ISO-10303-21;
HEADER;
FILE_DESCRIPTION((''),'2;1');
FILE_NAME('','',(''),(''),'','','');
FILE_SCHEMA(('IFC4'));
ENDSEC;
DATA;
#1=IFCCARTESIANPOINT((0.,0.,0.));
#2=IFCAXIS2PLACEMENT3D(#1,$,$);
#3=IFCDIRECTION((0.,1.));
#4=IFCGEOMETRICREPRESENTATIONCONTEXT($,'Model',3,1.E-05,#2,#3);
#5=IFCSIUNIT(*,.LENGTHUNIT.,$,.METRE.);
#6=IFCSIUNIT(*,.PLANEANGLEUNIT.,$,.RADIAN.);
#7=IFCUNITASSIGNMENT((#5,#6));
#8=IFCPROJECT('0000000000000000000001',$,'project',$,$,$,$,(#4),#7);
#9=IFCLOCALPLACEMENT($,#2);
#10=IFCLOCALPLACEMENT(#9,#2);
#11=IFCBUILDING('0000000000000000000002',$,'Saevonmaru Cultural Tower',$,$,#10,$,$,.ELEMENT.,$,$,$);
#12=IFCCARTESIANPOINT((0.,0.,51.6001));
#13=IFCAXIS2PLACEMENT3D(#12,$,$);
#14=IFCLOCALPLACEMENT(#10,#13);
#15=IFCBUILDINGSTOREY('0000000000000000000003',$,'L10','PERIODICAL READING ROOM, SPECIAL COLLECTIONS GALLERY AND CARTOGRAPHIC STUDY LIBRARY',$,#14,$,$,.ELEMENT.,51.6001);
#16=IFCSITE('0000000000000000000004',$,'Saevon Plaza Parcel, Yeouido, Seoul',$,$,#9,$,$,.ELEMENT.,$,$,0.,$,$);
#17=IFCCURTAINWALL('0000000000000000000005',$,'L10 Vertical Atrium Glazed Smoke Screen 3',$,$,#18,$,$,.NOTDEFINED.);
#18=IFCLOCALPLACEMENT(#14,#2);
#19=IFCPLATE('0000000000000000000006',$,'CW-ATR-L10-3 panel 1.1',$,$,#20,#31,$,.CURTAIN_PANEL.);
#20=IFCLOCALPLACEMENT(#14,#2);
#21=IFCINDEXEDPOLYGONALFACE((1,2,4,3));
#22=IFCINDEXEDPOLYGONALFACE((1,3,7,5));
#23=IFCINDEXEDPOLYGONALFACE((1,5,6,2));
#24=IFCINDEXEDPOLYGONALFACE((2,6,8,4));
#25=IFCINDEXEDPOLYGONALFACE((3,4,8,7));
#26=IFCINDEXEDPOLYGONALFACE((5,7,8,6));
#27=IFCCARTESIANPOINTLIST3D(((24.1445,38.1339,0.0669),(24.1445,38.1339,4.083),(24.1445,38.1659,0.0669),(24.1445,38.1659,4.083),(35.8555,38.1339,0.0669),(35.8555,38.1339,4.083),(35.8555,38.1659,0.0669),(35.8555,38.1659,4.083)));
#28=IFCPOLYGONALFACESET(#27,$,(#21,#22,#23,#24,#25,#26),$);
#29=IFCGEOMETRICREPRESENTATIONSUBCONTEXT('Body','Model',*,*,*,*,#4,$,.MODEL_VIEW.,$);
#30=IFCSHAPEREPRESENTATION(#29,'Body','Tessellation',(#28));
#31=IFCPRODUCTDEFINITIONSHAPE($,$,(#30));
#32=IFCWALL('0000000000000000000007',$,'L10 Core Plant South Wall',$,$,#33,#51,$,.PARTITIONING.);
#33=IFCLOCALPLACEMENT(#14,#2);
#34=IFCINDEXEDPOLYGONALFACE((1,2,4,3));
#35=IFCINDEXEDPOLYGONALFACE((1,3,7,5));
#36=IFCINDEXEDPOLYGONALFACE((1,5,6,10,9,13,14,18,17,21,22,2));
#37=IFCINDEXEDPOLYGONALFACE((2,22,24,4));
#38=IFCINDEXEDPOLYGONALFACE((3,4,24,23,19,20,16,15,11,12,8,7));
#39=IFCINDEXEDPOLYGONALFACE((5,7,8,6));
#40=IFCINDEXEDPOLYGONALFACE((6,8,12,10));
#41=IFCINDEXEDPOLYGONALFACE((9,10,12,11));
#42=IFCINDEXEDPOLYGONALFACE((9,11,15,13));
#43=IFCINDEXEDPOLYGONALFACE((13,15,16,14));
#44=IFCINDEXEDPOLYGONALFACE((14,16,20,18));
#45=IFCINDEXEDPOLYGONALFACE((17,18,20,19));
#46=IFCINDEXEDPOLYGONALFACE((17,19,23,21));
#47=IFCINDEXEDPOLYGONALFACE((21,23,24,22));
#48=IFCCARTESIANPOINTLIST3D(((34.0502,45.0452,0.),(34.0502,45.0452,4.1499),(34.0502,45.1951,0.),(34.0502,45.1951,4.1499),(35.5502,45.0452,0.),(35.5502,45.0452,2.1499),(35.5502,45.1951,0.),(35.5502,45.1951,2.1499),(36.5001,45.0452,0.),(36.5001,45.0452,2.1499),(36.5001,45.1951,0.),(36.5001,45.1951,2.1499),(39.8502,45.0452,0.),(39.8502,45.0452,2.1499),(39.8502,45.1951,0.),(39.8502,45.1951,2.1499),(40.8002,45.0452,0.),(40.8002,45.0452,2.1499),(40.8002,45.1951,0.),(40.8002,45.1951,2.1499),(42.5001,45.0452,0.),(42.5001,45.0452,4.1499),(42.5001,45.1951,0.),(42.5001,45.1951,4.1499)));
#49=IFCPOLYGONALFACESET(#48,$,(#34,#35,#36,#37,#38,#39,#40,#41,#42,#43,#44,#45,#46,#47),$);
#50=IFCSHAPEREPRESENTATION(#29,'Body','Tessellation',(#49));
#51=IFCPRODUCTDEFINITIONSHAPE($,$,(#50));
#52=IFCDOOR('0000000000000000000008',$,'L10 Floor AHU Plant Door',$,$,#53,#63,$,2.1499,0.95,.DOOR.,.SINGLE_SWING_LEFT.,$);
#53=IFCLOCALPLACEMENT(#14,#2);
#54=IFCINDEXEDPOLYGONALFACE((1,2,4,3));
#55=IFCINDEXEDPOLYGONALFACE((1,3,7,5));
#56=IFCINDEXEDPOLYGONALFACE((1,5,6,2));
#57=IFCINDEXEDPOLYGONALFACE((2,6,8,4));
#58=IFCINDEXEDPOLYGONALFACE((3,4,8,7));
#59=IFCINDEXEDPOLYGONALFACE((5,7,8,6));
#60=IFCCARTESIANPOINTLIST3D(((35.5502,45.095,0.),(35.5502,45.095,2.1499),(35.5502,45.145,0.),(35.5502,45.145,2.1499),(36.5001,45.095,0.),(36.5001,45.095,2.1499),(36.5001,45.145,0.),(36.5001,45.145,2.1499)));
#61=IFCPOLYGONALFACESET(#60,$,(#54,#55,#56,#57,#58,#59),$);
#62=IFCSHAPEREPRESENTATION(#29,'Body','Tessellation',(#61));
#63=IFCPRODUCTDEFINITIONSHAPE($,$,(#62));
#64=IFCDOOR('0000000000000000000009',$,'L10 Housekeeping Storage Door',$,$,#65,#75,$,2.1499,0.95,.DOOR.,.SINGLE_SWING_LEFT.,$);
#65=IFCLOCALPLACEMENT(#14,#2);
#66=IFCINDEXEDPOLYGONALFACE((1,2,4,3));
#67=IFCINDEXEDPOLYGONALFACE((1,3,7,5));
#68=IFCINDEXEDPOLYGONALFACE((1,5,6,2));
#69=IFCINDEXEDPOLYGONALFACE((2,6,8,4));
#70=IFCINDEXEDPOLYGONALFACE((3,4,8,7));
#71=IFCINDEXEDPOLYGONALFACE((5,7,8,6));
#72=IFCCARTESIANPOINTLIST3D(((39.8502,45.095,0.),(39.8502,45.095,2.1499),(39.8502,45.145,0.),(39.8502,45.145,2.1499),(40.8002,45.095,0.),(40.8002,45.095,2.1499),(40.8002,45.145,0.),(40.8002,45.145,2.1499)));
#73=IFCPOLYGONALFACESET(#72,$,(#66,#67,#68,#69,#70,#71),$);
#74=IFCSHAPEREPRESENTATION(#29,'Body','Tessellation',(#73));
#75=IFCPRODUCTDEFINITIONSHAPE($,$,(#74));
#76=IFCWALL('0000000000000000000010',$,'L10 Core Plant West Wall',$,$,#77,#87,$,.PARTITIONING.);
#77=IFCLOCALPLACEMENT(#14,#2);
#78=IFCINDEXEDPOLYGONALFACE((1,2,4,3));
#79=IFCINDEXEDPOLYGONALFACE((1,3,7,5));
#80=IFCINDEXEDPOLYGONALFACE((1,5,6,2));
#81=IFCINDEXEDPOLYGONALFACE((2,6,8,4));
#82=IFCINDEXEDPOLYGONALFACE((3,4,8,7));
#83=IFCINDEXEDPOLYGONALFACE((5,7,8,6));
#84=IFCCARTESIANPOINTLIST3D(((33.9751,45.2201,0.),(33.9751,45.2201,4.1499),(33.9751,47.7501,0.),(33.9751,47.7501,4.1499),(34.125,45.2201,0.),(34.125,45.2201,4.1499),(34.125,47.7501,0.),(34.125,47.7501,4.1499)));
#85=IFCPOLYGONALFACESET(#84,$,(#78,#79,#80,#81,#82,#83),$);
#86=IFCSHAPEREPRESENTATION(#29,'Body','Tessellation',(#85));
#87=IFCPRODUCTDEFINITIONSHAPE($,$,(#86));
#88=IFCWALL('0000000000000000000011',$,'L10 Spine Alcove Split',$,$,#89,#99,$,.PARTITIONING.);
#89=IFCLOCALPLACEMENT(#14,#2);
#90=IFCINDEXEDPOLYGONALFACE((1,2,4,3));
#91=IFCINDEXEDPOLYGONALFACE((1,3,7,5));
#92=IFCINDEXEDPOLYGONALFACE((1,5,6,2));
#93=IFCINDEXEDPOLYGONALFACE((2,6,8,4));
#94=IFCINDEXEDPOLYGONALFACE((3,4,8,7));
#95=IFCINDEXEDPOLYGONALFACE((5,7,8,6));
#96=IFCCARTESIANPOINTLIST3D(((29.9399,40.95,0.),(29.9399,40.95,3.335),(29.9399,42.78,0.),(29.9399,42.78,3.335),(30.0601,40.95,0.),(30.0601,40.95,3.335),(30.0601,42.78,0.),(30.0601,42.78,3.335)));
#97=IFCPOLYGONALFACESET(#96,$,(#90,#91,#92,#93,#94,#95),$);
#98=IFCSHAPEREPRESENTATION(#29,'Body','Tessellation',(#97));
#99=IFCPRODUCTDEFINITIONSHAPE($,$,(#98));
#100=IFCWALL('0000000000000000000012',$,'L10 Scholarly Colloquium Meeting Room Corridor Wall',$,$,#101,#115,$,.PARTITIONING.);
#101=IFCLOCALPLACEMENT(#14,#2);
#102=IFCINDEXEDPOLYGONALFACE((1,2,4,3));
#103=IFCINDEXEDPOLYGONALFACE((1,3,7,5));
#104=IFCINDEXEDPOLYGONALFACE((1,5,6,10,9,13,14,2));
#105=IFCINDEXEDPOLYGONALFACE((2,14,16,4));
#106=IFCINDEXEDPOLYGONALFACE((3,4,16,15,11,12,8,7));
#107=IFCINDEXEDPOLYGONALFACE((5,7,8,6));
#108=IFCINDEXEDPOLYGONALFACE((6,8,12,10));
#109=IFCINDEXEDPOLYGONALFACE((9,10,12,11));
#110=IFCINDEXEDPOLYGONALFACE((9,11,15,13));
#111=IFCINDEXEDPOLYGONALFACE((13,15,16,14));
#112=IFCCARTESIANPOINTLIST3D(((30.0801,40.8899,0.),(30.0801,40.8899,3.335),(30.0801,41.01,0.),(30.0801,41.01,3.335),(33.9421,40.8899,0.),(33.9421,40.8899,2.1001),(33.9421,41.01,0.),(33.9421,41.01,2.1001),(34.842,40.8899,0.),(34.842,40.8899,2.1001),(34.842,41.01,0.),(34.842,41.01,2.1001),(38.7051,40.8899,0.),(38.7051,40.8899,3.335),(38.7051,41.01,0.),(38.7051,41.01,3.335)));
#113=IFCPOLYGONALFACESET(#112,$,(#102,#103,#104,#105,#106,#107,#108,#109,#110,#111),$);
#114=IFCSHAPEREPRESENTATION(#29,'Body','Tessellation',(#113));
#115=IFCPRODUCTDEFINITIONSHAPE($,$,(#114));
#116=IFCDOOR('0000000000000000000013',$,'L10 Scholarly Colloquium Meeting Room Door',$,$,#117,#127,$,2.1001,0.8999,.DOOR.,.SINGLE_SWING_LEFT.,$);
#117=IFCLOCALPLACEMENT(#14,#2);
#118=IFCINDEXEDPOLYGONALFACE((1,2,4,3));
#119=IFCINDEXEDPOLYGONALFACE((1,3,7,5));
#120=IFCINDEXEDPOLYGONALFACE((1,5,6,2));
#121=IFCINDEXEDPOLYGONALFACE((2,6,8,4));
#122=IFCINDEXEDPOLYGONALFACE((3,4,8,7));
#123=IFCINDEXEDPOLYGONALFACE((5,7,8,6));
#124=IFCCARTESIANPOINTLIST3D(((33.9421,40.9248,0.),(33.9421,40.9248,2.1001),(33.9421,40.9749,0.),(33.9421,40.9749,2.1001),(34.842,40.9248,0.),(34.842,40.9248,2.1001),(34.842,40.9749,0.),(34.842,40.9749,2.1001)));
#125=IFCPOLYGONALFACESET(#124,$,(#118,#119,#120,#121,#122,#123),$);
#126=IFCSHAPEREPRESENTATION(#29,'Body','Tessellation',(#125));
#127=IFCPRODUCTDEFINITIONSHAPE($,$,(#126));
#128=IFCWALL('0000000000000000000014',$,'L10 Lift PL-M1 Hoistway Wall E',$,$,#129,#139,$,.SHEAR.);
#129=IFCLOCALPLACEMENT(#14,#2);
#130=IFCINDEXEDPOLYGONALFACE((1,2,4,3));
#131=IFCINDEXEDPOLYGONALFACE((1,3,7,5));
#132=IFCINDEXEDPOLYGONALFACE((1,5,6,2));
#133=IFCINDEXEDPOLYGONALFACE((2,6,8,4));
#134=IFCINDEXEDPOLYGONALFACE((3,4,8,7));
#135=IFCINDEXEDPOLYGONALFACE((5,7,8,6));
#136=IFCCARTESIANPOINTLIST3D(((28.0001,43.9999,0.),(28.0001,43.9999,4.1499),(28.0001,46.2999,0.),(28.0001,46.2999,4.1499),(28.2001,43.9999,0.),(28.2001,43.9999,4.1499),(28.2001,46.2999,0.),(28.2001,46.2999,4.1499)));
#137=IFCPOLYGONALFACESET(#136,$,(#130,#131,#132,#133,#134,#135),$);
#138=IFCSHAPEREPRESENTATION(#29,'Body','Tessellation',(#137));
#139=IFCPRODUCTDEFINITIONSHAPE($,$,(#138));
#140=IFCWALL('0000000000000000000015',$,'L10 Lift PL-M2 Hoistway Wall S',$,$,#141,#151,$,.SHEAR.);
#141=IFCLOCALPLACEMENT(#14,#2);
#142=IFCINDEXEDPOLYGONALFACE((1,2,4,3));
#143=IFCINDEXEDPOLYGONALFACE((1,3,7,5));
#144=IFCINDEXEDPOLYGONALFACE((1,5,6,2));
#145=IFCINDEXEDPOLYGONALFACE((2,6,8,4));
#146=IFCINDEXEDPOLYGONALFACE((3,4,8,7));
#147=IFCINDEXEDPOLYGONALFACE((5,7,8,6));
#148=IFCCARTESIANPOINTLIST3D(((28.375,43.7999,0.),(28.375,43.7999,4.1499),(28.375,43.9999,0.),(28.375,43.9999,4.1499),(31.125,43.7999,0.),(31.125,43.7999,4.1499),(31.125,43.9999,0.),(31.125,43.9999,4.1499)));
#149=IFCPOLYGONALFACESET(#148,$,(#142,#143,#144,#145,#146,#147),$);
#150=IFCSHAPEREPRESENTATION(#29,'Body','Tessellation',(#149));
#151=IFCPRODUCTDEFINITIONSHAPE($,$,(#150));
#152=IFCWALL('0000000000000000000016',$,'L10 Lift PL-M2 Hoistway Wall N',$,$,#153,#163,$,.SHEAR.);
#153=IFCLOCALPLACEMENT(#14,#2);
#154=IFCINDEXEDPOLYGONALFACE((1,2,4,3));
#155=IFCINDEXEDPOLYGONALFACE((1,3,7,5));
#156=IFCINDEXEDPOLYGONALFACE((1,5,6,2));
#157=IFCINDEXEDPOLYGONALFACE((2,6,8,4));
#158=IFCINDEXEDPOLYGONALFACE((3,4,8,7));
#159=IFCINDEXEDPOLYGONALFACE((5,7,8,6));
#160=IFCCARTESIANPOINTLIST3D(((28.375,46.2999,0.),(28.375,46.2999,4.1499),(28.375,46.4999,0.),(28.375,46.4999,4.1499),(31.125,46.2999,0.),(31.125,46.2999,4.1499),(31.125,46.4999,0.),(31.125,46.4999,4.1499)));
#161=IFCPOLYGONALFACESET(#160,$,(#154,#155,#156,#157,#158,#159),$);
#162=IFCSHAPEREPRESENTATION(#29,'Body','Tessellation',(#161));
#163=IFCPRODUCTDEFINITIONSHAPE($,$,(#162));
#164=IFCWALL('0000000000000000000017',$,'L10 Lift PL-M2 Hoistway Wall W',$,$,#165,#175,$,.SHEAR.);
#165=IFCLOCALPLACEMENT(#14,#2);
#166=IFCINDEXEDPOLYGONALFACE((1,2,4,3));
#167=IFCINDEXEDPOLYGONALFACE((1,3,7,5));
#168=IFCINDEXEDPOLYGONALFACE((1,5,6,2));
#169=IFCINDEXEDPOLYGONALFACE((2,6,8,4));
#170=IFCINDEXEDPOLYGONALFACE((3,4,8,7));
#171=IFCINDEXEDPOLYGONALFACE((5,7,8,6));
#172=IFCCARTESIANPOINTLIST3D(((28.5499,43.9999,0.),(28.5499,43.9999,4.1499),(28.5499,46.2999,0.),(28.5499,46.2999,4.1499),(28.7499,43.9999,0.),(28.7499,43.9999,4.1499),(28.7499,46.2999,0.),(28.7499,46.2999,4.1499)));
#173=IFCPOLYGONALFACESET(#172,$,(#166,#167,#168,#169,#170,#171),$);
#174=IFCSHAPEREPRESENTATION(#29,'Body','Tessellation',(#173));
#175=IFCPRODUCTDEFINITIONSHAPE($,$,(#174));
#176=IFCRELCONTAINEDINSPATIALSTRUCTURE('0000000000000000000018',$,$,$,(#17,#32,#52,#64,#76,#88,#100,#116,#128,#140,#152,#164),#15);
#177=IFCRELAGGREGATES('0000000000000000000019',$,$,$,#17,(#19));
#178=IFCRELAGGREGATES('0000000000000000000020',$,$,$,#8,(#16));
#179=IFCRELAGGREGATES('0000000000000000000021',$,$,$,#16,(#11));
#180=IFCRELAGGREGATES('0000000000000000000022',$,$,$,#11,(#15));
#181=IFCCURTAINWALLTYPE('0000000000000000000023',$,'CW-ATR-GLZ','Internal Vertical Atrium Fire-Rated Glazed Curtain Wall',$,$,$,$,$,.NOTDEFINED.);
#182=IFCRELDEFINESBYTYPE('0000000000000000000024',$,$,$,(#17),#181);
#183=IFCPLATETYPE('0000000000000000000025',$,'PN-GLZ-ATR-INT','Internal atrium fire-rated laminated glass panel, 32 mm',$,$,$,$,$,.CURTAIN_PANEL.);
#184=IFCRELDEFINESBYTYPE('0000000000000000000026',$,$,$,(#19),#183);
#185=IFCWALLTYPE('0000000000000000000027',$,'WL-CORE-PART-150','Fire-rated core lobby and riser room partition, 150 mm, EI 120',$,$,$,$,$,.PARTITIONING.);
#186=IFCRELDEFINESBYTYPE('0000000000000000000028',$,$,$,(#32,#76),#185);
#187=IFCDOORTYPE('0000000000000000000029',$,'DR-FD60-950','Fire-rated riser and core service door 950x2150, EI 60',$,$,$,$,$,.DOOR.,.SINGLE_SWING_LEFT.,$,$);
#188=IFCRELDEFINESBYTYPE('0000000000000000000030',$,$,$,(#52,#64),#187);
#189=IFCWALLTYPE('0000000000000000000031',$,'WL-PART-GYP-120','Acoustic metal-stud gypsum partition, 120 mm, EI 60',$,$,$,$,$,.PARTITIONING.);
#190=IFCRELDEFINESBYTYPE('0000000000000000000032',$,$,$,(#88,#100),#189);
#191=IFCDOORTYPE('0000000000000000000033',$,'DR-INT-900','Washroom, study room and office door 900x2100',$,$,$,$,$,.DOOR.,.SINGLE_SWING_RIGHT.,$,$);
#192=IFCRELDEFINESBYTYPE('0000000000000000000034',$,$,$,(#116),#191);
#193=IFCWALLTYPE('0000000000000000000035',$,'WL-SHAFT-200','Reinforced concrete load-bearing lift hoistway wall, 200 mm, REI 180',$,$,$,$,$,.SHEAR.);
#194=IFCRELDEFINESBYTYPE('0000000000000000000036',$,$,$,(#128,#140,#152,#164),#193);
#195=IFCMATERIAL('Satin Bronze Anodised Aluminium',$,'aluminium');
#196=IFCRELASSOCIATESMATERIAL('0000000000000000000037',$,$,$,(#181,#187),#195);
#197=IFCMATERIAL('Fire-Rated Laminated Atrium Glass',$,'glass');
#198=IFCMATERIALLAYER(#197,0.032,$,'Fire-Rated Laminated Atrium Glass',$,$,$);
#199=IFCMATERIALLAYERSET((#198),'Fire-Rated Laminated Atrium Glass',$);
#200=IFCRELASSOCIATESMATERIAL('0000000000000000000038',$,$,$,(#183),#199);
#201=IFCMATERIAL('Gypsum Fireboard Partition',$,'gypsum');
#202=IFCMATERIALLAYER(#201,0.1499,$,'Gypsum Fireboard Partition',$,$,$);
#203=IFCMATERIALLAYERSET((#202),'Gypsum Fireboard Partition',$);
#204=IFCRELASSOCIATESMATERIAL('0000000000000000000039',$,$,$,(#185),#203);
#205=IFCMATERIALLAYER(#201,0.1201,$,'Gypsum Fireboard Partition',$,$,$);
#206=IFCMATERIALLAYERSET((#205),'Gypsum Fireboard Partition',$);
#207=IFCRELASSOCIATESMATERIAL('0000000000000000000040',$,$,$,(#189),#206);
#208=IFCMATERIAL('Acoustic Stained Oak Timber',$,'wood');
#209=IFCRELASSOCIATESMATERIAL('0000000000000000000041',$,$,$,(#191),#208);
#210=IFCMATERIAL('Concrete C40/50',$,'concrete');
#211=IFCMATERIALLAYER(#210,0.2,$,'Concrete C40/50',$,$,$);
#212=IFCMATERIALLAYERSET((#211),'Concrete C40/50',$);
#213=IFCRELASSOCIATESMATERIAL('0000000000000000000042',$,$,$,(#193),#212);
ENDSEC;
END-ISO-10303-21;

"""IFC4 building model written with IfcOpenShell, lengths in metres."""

from ifc_helpers import new_model, si_unit, direction, frame, frame_2d, origin, origin_2d, place, context, subcontext, project, spatial, rectangle, extrude, material, layer, layer_set, type_object, element, fill, aggregate, save


model = new_model("IFC4")

# Units and contexts
model_context = context("Model", 3, precision=1e-05, world=origin(), true_north=direction((0.0, 1.0)))
body_context = subcontext(model_context, "Body", "Model", "MODEL_VIEW")
ifc_project = project(units=[si_unit("LENGTHUNIT", "METRE"), si_unit("PLANEANGLEUNIT", "RADIAN")], contexts=[model_context])

# Site, building, storey
site_placement = place(None, origin())
site = spatial("IfcSite", under=ifc_project, at=site_placement, Name="Saevon Plaza Parcel, Yeouido, Seoul", CompositionType="ELEMENT", RefElevation=0.0)
building_placement = place(site_placement, origin())
building = spatial("IfcBuilding", under=site, at=building_placement, Name="Saevonmaru Cultural Tower", CompositionType="ELEMENT")
storey_placement = place(building_placement, frame((0.0, 0.0, 51.6001)))
storey = spatial("IfcBuildingStorey", under=building, at=storey_placement, Name="L10", Description="PERIODICAL READING ROOM, SPECIAL COLLECTIONS GALLERY AND CARTOGRAPHIC STUDY LIBRARY", CompositionType="ELEMENT", Elevation=51.6001)

# Curtain wall, plate
ifc_material_1 = material(Name="Satin Bronze Anodised Aluminium", Category="aluminium")
curtain_wall_type = type_object("IfcCurtainWallType", Name="CW-ATR-GLZ", Description="Internal Vertical Atrium Fire-Rated Glazed Curtain Wall", PredefinedType="NOTDEFINED", material=ifc_material_1)
curtain_wall_placement = place(storey_placement, origin())
curtain_wall = element("IfcCurtainWall", 1, at=curtain_wall_placement, inside=storey, type_object=curtain_wall_type, Name="L10 Vertical Atrium Glazed Smoke Screen 3", PredefinedType="NOTDEFINED")
ifc_material_2 = material(Name="Fire-Rated Laminated Atrium Glass", Category="glass")
ifc_layer_1 = layer(ifc_material_2, 0.032, Name="Fire-Rated Laminated Atrium Glass")
ifc_layer_set_1 = layer_set([ifc_layer_1], Name="Fire-Rated Laminated Atrium Glass")
plate_type = type_object("IfcPlateType", Name="PN-GLZ-ATR-INT", Description="Internal atrium fire-rated laminated glass panel, 32 mm", PredefinedType="CURTAIN_PANEL", material=ifc_layer_set_1)
plate_placement = place(storey_placement, frame((30.0, 38.1499, 0.0669), z_axis=(0.0, 0.0, 1.0), x_axis=(-1.0, 0.0, 0.0)))
plate = element("IfcPlate", 2, at=plate_placement, type_object=plate_type, Name="CW-ATR-L10-3 panel 1.1", PredefinedType="CURTAIN_PANEL", context=body_context, shape_type="SweptSolid", body=[
    extrude(rectangle(XDim=11.7109, YDim=0.032, at=origin_2d()), origin(), (0.0, 0.0, 1.0), 4.0161),
])
aggregate(curtain_wall, [plate])

# Shared definitions
ifc_material_3 = material(Name="Gypsum Fireboard Partition", Category="gypsum")
ifc_layer_2 = layer(ifc_material_3, 0.1499, Name="Gypsum Fireboard Partition")
ifc_layer_set_2 = layer_set([ifc_layer_2], Name="Gypsum Fireboard Partition")
wall_type_1 = type_object("IfcWallType", Name="WL-CORE-PART-150", Description="Fire-rated core lobby and riser room partition, 150 mm, EI 120", PredefinedType="PARTITIONING", material=ifc_layer_set_2)

# Wall, openings, doors
wall_1_placement = place(storey_placement, frame((34.05, 45.1201, 0.0), z_axis=(0.0, 0.0, 1.0), x_axis=(1.0, 0.0, 0.0)))
wall_1 = element("IfcWall", 3, at=wall_1_placement, inside=storey, type_object=wall_type_1, Name="L10 Core Plant South Wall", PredefinedType="PARTITIONING", context=body_context, shape_type="SweptSolid", body=[
    extrude(rectangle(XDim=8.45, YDim=0.1499, at=frame_2d((4.2251, 0.0))), origin(), (0.0, 0.0, 1.0), 4.1499),
])
opening_1_placement = place(wall_1_placement, frame((1.5, 0.0, 0.0)))
opening_1 = element("IfcOpeningElement", 4, at=opening_1_placement, cuts=wall_1, PredefinedType="OPENING", context=body_context, shape_type="SweptSolid", body=[
    extrude(rectangle(XDim=0.95, YDim=2.1499, at=frame_2d((0.4751, 1.075))), frame((0.0, 0.085, 0.0), z_axis=(0.0, -1.0, 0.0), x_axis=(1.0, 0.0, 0.0)), (0.0, 0.0, 1.0), 0.1699),
])
opening_2_placement = place(wall_1_placement, frame((5.8, 0.0, 0.0)))
opening_2 = element("IfcOpeningElement", 5, at=opening_2_placement, cuts=wall_1, PredefinedType="OPENING", context=body_context, shape_type="SweptSolid", body=[
    extrude(rectangle(XDim=0.95, YDim=2.1499, at=frame_2d((0.4751, 1.075))), frame((0.0, 0.085, 0.0), z_axis=(0.0, -1.0, 0.0), x_axis=(1.0, 0.0, 0.0)), (0.0, 0.0, 1.0), 0.1699),
])
door_type_1 = type_object("IfcDoorType", Name="DR-FD60-950", Description="Fire-rated riser and core service door 950x2150, EI 60", OperationType="SINGLE_SWING_LEFT", PredefinedType="DOOR", material=ifc_material_1)
door_1_placement = place(opening_1_placement, origin())
door_1 = element("IfcDoor", 6, at=door_1_placement, inside=storey, type_object=door_type_1, Name="L10 Floor AHU Plant Door", OperationType="SINGLE_SWING_LEFT", OverallHeight=2.1499, OverallWidth=0.95, PredefinedType="DOOR", context=body_context, shape_type="SweptSolid", body=[
    extrude(rectangle(XDim=0.95, YDim=2.1499, at=frame_2d((0.4751, 1.075))), frame((0.0, 0.0249, 0.0), z_axis=(0.0, -1.0, 0.0), x_axis=(1.0, 0.0, 0.0)), (0.0, 0.0, 1.0), 0.05),
])
fill(opening_1, door_1)
door_2_placement = place(opening_2_placement, origin())
door_2 = element("IfcDoor", 7, at=door_2_placement, inside=storey, type_object=door_type_1, Name="L10 Housekeeping Storage Door", OperationType="SINGLE_SWING_LEFT", OverallHeight=2.1499, OverallWidth=0.95, PredefinedType="DOOR", context=body_context, shape_type="SweptSolid", body=[
    extrude(rectangle(XDim=0.95, YDim=2.1499, at=frame_2d((0.4751, 1.075))), frame((0.0, 0.0249, 0.0), z_axis=(0.0, -1.0, 0.0), x_axis=(1.0, 0.0, 0.0)), (0.0, 0.0, 1.0), 0.05),
])
fill(opening_2, door_2)

# Walls
wall_2_placement = place(storey_placement, frame((34.05, 45.22, 0.0), z_axis=(0.0, 0.0, 1.0), x_axis=(0.0, 1.0, 0.0)))
element("IfcWall", 8, at=wall_2_placement, inside=storey, type_object=wall_type_1, Name="L10 Core Plant West Wall", PredefinedType="PARTITIONING", context=body_context, shape_type="SweptSolid", body=[
    extrude(rectangle(XDim=2.53, YDim=0.1499, at=frame_2d((1.2651, 0.0))), origin(), (0.0, 0.0, 1.0), 4.1499),
])
ifc_layer_3 = layer(ifc_material_3, 0.1201, Name="Gypsum Fireboard Partition")
ifc_layer_set_3 = layer_set([ifc_layer_3], Name="Gypsum Fireboard Partition")
wall_type_2 = type_object("IfcWallType", Name="WL-PART-GYP-120", Description="Acoustic metal-stud gypsum partition, 120 mm, EI 60", PredefinedType="PARTITIONING", material=ifc_layer_set_3)
wall_3_placement = place(storey_placement, frame((30.0, 40.95, 0.0), z_axis=(0.0, 0.0, 1.0), x_axis=(0.0, 1.0, 0.0)))
element("IfcWall", 9, at=wall_3_placement, inside=storey, type_object=wall_type_2, Name="L10 Spine Alcove Split", PredefinedType="PARTITIONING", context=body_context, shape_type="SweptSolid", body=[
    extrude(rectangle(XDim=1.8301, YDim=0.1201, at=frame_2d((0.915, 0.0))), origin(), (0.0, 0.0, 1.0), 3.335),
])

# Wall, opening, door
wall_4_placement = place(storey_placement, frame((30.0801, 40.95, 0.0), z_axis=(0.0, 0.0, 1.0), x_axis=(1.0, 0.0, 0.0)))
wall_4 = element("IfcWall", 10, at=wall_4_placement, inside=storey, type_object=wall_type_2, Name="L10 Scholarly Colloquium Meeting Room Corridor Wall", PredefinedType="PARTITIONING", context=body_context, shape_type="SweptSolid", body=[
    extrude(rectangle(XDim=8.625, YDim=0.1201, at=frame_2d((4.3125, 0.0))), origin(), (0.0, 0.0, 1.0), 3.335),
])
opening_3_placement = place(wall_4_placement, frame((3.8621, 0.0, 0.0)))
opening_3 = element("IfcOpeningElement", 11, at=opening_3_placement, cuts=wall_4, PredefinedType="OPENING", context=body_context, shape_type="SweptSolid", body=[
    extrude(rectangle(XDim=0.8999, YDim=2.1001, at=frame_2d((0.45, 1.05))), frame((0.0, 0.0701, 0.0), z_axis=(0.0, -1.0, 0.0), x_axis=(1.0, 0.0, 0.0)), (0.0, 0.0, 1.0), 0.1401),
])
ifc_material_4 = material(Name="Acoustic Stained Oak Timber", Category="wood")
door_type_2 = type_object("IfcDoorType", Name="DR-INT-900", Description="Washroom, study room and office door 900x2100", OperationType="SINGLE_SWING_RIGHT", PredefinedType="DOOR", material=ifc_material_4)
door_3_placement = place(opening_3_placement, origin())
door_3 = element("IfcDoor", 12, at=door_3_placement, inside=storey, type_object=door_type_2, Name="L10 Scholarly Colloquium Meeting Room Door", OperationType="SINGLE_SWING_LEFT", OverallHeight=2.1001, OverallWidth=0.8999, PredefinedType="DOOR", context=body_context, shape_type="SweptSolid", body=[
    extrude(rectangle(XDim=0.8999, YDim=2.1001, at=frame_2d((0.45, 1.05))), frame((0.0, 0.0249, 0.0), z_axis=(0.0, -1.0, 0.0), x_axis=(1.0, 0.0, 0.0)), (0.0, 0.0, 1.0), 0.05),
])
fill(opening_3, door_3)

# Walls
ifc_material_5 = material(Name="Concrete C40/50", Category="concrete")
ifc_layer_4 = layer(ifc_material_5, 0.2, Name="Concrete C40/50")
ifc_layer_set_4 = layer_set([ifc_layer_4], Name="Concrete C40/50")
wall_type_3 = type_object("IfcWallType", Name="WL-SHAFT-200", Description="Reinforced concrete load-bearing lift hoistway wall, 200 mm, REI 180", PredefinedType="SHEAR", material=ifc_layer_set_4)
wall_5_placement = place(storey_placement, frame((28.1001, 44.0, 0.0), z_axis=(0.0, 0.0, 1.0), x_axis=(0.0, 1.0, 0.0)))
element("IfcWall", 13, at=wall_5_placement, inside=storey, type_object=wall_type_3, Name="L10 Lift PL-M1 Hoistway Wall E", PredefinedType="SHEAR", context=body_context, shape_type="SweptSolid", body=[
    extrude(rectangle(XDim=2.3, YDim=0.2, at=frame_2d((1.1499, 0.0))), origin(), (0.0, 0.0, 1.0), 4.1499),
])
for number, where, z_axis, x_axis, name in (
    (14, (28.375, 43.8999, 0.0), (0.0, 0.0, 1.0), (1.0, 0.0, 0.0), "L10 Lift PL-M2 Hoistway Wall S"),
    (15, (28.375, 46.3999, 0.0), (0.0, 0.0, 1.0), (1.0, 0.0, 0.0), "L10 Lift PL-M2 Hoistway Wall N"),
):
    element("IfcWall", number, at=place(storey_placement, frame(where, z_axis=z_axis, x_axis=x_axis)), inside=storey, type_object=wall_type_3, Name=name, PredefinedType="SHEAR", context=body_context, shape_type="SweptSolid", body=[
        extrude(rectangle(XDim=2.75, YDim=0.2, at=frame_2d((1.375, 0.0))), origin(), (0.0, 0.0, 1.0), 4.1499),
    ])
for number, where, z_axis, x_axis, name in (
    (16, (28.6499, 44.0, 0.0), (0.0, 0.0, 1.0), (0.0, 1.0, 0.0), "L10 Lift PL-M2 Hoistway Wall W"),
):
    element("IfcWall", number, at=place(storey_placement, frame(where, z_axis=z_axis, x_axis=x_axis)), inside=storey, type_object=wall_type_3, Name=name, PredefinedType="SHEAR", context=body_context, shape_type="SweptSolid", body=[
        extrude(rectangle(XDim=2.3, YDim=0.2, at=frame_2d((1.1499, 0.0))), origin(), (0.0, 0.0, 1.0), 4.1499),
    ])

save(model, "model.ifc")
